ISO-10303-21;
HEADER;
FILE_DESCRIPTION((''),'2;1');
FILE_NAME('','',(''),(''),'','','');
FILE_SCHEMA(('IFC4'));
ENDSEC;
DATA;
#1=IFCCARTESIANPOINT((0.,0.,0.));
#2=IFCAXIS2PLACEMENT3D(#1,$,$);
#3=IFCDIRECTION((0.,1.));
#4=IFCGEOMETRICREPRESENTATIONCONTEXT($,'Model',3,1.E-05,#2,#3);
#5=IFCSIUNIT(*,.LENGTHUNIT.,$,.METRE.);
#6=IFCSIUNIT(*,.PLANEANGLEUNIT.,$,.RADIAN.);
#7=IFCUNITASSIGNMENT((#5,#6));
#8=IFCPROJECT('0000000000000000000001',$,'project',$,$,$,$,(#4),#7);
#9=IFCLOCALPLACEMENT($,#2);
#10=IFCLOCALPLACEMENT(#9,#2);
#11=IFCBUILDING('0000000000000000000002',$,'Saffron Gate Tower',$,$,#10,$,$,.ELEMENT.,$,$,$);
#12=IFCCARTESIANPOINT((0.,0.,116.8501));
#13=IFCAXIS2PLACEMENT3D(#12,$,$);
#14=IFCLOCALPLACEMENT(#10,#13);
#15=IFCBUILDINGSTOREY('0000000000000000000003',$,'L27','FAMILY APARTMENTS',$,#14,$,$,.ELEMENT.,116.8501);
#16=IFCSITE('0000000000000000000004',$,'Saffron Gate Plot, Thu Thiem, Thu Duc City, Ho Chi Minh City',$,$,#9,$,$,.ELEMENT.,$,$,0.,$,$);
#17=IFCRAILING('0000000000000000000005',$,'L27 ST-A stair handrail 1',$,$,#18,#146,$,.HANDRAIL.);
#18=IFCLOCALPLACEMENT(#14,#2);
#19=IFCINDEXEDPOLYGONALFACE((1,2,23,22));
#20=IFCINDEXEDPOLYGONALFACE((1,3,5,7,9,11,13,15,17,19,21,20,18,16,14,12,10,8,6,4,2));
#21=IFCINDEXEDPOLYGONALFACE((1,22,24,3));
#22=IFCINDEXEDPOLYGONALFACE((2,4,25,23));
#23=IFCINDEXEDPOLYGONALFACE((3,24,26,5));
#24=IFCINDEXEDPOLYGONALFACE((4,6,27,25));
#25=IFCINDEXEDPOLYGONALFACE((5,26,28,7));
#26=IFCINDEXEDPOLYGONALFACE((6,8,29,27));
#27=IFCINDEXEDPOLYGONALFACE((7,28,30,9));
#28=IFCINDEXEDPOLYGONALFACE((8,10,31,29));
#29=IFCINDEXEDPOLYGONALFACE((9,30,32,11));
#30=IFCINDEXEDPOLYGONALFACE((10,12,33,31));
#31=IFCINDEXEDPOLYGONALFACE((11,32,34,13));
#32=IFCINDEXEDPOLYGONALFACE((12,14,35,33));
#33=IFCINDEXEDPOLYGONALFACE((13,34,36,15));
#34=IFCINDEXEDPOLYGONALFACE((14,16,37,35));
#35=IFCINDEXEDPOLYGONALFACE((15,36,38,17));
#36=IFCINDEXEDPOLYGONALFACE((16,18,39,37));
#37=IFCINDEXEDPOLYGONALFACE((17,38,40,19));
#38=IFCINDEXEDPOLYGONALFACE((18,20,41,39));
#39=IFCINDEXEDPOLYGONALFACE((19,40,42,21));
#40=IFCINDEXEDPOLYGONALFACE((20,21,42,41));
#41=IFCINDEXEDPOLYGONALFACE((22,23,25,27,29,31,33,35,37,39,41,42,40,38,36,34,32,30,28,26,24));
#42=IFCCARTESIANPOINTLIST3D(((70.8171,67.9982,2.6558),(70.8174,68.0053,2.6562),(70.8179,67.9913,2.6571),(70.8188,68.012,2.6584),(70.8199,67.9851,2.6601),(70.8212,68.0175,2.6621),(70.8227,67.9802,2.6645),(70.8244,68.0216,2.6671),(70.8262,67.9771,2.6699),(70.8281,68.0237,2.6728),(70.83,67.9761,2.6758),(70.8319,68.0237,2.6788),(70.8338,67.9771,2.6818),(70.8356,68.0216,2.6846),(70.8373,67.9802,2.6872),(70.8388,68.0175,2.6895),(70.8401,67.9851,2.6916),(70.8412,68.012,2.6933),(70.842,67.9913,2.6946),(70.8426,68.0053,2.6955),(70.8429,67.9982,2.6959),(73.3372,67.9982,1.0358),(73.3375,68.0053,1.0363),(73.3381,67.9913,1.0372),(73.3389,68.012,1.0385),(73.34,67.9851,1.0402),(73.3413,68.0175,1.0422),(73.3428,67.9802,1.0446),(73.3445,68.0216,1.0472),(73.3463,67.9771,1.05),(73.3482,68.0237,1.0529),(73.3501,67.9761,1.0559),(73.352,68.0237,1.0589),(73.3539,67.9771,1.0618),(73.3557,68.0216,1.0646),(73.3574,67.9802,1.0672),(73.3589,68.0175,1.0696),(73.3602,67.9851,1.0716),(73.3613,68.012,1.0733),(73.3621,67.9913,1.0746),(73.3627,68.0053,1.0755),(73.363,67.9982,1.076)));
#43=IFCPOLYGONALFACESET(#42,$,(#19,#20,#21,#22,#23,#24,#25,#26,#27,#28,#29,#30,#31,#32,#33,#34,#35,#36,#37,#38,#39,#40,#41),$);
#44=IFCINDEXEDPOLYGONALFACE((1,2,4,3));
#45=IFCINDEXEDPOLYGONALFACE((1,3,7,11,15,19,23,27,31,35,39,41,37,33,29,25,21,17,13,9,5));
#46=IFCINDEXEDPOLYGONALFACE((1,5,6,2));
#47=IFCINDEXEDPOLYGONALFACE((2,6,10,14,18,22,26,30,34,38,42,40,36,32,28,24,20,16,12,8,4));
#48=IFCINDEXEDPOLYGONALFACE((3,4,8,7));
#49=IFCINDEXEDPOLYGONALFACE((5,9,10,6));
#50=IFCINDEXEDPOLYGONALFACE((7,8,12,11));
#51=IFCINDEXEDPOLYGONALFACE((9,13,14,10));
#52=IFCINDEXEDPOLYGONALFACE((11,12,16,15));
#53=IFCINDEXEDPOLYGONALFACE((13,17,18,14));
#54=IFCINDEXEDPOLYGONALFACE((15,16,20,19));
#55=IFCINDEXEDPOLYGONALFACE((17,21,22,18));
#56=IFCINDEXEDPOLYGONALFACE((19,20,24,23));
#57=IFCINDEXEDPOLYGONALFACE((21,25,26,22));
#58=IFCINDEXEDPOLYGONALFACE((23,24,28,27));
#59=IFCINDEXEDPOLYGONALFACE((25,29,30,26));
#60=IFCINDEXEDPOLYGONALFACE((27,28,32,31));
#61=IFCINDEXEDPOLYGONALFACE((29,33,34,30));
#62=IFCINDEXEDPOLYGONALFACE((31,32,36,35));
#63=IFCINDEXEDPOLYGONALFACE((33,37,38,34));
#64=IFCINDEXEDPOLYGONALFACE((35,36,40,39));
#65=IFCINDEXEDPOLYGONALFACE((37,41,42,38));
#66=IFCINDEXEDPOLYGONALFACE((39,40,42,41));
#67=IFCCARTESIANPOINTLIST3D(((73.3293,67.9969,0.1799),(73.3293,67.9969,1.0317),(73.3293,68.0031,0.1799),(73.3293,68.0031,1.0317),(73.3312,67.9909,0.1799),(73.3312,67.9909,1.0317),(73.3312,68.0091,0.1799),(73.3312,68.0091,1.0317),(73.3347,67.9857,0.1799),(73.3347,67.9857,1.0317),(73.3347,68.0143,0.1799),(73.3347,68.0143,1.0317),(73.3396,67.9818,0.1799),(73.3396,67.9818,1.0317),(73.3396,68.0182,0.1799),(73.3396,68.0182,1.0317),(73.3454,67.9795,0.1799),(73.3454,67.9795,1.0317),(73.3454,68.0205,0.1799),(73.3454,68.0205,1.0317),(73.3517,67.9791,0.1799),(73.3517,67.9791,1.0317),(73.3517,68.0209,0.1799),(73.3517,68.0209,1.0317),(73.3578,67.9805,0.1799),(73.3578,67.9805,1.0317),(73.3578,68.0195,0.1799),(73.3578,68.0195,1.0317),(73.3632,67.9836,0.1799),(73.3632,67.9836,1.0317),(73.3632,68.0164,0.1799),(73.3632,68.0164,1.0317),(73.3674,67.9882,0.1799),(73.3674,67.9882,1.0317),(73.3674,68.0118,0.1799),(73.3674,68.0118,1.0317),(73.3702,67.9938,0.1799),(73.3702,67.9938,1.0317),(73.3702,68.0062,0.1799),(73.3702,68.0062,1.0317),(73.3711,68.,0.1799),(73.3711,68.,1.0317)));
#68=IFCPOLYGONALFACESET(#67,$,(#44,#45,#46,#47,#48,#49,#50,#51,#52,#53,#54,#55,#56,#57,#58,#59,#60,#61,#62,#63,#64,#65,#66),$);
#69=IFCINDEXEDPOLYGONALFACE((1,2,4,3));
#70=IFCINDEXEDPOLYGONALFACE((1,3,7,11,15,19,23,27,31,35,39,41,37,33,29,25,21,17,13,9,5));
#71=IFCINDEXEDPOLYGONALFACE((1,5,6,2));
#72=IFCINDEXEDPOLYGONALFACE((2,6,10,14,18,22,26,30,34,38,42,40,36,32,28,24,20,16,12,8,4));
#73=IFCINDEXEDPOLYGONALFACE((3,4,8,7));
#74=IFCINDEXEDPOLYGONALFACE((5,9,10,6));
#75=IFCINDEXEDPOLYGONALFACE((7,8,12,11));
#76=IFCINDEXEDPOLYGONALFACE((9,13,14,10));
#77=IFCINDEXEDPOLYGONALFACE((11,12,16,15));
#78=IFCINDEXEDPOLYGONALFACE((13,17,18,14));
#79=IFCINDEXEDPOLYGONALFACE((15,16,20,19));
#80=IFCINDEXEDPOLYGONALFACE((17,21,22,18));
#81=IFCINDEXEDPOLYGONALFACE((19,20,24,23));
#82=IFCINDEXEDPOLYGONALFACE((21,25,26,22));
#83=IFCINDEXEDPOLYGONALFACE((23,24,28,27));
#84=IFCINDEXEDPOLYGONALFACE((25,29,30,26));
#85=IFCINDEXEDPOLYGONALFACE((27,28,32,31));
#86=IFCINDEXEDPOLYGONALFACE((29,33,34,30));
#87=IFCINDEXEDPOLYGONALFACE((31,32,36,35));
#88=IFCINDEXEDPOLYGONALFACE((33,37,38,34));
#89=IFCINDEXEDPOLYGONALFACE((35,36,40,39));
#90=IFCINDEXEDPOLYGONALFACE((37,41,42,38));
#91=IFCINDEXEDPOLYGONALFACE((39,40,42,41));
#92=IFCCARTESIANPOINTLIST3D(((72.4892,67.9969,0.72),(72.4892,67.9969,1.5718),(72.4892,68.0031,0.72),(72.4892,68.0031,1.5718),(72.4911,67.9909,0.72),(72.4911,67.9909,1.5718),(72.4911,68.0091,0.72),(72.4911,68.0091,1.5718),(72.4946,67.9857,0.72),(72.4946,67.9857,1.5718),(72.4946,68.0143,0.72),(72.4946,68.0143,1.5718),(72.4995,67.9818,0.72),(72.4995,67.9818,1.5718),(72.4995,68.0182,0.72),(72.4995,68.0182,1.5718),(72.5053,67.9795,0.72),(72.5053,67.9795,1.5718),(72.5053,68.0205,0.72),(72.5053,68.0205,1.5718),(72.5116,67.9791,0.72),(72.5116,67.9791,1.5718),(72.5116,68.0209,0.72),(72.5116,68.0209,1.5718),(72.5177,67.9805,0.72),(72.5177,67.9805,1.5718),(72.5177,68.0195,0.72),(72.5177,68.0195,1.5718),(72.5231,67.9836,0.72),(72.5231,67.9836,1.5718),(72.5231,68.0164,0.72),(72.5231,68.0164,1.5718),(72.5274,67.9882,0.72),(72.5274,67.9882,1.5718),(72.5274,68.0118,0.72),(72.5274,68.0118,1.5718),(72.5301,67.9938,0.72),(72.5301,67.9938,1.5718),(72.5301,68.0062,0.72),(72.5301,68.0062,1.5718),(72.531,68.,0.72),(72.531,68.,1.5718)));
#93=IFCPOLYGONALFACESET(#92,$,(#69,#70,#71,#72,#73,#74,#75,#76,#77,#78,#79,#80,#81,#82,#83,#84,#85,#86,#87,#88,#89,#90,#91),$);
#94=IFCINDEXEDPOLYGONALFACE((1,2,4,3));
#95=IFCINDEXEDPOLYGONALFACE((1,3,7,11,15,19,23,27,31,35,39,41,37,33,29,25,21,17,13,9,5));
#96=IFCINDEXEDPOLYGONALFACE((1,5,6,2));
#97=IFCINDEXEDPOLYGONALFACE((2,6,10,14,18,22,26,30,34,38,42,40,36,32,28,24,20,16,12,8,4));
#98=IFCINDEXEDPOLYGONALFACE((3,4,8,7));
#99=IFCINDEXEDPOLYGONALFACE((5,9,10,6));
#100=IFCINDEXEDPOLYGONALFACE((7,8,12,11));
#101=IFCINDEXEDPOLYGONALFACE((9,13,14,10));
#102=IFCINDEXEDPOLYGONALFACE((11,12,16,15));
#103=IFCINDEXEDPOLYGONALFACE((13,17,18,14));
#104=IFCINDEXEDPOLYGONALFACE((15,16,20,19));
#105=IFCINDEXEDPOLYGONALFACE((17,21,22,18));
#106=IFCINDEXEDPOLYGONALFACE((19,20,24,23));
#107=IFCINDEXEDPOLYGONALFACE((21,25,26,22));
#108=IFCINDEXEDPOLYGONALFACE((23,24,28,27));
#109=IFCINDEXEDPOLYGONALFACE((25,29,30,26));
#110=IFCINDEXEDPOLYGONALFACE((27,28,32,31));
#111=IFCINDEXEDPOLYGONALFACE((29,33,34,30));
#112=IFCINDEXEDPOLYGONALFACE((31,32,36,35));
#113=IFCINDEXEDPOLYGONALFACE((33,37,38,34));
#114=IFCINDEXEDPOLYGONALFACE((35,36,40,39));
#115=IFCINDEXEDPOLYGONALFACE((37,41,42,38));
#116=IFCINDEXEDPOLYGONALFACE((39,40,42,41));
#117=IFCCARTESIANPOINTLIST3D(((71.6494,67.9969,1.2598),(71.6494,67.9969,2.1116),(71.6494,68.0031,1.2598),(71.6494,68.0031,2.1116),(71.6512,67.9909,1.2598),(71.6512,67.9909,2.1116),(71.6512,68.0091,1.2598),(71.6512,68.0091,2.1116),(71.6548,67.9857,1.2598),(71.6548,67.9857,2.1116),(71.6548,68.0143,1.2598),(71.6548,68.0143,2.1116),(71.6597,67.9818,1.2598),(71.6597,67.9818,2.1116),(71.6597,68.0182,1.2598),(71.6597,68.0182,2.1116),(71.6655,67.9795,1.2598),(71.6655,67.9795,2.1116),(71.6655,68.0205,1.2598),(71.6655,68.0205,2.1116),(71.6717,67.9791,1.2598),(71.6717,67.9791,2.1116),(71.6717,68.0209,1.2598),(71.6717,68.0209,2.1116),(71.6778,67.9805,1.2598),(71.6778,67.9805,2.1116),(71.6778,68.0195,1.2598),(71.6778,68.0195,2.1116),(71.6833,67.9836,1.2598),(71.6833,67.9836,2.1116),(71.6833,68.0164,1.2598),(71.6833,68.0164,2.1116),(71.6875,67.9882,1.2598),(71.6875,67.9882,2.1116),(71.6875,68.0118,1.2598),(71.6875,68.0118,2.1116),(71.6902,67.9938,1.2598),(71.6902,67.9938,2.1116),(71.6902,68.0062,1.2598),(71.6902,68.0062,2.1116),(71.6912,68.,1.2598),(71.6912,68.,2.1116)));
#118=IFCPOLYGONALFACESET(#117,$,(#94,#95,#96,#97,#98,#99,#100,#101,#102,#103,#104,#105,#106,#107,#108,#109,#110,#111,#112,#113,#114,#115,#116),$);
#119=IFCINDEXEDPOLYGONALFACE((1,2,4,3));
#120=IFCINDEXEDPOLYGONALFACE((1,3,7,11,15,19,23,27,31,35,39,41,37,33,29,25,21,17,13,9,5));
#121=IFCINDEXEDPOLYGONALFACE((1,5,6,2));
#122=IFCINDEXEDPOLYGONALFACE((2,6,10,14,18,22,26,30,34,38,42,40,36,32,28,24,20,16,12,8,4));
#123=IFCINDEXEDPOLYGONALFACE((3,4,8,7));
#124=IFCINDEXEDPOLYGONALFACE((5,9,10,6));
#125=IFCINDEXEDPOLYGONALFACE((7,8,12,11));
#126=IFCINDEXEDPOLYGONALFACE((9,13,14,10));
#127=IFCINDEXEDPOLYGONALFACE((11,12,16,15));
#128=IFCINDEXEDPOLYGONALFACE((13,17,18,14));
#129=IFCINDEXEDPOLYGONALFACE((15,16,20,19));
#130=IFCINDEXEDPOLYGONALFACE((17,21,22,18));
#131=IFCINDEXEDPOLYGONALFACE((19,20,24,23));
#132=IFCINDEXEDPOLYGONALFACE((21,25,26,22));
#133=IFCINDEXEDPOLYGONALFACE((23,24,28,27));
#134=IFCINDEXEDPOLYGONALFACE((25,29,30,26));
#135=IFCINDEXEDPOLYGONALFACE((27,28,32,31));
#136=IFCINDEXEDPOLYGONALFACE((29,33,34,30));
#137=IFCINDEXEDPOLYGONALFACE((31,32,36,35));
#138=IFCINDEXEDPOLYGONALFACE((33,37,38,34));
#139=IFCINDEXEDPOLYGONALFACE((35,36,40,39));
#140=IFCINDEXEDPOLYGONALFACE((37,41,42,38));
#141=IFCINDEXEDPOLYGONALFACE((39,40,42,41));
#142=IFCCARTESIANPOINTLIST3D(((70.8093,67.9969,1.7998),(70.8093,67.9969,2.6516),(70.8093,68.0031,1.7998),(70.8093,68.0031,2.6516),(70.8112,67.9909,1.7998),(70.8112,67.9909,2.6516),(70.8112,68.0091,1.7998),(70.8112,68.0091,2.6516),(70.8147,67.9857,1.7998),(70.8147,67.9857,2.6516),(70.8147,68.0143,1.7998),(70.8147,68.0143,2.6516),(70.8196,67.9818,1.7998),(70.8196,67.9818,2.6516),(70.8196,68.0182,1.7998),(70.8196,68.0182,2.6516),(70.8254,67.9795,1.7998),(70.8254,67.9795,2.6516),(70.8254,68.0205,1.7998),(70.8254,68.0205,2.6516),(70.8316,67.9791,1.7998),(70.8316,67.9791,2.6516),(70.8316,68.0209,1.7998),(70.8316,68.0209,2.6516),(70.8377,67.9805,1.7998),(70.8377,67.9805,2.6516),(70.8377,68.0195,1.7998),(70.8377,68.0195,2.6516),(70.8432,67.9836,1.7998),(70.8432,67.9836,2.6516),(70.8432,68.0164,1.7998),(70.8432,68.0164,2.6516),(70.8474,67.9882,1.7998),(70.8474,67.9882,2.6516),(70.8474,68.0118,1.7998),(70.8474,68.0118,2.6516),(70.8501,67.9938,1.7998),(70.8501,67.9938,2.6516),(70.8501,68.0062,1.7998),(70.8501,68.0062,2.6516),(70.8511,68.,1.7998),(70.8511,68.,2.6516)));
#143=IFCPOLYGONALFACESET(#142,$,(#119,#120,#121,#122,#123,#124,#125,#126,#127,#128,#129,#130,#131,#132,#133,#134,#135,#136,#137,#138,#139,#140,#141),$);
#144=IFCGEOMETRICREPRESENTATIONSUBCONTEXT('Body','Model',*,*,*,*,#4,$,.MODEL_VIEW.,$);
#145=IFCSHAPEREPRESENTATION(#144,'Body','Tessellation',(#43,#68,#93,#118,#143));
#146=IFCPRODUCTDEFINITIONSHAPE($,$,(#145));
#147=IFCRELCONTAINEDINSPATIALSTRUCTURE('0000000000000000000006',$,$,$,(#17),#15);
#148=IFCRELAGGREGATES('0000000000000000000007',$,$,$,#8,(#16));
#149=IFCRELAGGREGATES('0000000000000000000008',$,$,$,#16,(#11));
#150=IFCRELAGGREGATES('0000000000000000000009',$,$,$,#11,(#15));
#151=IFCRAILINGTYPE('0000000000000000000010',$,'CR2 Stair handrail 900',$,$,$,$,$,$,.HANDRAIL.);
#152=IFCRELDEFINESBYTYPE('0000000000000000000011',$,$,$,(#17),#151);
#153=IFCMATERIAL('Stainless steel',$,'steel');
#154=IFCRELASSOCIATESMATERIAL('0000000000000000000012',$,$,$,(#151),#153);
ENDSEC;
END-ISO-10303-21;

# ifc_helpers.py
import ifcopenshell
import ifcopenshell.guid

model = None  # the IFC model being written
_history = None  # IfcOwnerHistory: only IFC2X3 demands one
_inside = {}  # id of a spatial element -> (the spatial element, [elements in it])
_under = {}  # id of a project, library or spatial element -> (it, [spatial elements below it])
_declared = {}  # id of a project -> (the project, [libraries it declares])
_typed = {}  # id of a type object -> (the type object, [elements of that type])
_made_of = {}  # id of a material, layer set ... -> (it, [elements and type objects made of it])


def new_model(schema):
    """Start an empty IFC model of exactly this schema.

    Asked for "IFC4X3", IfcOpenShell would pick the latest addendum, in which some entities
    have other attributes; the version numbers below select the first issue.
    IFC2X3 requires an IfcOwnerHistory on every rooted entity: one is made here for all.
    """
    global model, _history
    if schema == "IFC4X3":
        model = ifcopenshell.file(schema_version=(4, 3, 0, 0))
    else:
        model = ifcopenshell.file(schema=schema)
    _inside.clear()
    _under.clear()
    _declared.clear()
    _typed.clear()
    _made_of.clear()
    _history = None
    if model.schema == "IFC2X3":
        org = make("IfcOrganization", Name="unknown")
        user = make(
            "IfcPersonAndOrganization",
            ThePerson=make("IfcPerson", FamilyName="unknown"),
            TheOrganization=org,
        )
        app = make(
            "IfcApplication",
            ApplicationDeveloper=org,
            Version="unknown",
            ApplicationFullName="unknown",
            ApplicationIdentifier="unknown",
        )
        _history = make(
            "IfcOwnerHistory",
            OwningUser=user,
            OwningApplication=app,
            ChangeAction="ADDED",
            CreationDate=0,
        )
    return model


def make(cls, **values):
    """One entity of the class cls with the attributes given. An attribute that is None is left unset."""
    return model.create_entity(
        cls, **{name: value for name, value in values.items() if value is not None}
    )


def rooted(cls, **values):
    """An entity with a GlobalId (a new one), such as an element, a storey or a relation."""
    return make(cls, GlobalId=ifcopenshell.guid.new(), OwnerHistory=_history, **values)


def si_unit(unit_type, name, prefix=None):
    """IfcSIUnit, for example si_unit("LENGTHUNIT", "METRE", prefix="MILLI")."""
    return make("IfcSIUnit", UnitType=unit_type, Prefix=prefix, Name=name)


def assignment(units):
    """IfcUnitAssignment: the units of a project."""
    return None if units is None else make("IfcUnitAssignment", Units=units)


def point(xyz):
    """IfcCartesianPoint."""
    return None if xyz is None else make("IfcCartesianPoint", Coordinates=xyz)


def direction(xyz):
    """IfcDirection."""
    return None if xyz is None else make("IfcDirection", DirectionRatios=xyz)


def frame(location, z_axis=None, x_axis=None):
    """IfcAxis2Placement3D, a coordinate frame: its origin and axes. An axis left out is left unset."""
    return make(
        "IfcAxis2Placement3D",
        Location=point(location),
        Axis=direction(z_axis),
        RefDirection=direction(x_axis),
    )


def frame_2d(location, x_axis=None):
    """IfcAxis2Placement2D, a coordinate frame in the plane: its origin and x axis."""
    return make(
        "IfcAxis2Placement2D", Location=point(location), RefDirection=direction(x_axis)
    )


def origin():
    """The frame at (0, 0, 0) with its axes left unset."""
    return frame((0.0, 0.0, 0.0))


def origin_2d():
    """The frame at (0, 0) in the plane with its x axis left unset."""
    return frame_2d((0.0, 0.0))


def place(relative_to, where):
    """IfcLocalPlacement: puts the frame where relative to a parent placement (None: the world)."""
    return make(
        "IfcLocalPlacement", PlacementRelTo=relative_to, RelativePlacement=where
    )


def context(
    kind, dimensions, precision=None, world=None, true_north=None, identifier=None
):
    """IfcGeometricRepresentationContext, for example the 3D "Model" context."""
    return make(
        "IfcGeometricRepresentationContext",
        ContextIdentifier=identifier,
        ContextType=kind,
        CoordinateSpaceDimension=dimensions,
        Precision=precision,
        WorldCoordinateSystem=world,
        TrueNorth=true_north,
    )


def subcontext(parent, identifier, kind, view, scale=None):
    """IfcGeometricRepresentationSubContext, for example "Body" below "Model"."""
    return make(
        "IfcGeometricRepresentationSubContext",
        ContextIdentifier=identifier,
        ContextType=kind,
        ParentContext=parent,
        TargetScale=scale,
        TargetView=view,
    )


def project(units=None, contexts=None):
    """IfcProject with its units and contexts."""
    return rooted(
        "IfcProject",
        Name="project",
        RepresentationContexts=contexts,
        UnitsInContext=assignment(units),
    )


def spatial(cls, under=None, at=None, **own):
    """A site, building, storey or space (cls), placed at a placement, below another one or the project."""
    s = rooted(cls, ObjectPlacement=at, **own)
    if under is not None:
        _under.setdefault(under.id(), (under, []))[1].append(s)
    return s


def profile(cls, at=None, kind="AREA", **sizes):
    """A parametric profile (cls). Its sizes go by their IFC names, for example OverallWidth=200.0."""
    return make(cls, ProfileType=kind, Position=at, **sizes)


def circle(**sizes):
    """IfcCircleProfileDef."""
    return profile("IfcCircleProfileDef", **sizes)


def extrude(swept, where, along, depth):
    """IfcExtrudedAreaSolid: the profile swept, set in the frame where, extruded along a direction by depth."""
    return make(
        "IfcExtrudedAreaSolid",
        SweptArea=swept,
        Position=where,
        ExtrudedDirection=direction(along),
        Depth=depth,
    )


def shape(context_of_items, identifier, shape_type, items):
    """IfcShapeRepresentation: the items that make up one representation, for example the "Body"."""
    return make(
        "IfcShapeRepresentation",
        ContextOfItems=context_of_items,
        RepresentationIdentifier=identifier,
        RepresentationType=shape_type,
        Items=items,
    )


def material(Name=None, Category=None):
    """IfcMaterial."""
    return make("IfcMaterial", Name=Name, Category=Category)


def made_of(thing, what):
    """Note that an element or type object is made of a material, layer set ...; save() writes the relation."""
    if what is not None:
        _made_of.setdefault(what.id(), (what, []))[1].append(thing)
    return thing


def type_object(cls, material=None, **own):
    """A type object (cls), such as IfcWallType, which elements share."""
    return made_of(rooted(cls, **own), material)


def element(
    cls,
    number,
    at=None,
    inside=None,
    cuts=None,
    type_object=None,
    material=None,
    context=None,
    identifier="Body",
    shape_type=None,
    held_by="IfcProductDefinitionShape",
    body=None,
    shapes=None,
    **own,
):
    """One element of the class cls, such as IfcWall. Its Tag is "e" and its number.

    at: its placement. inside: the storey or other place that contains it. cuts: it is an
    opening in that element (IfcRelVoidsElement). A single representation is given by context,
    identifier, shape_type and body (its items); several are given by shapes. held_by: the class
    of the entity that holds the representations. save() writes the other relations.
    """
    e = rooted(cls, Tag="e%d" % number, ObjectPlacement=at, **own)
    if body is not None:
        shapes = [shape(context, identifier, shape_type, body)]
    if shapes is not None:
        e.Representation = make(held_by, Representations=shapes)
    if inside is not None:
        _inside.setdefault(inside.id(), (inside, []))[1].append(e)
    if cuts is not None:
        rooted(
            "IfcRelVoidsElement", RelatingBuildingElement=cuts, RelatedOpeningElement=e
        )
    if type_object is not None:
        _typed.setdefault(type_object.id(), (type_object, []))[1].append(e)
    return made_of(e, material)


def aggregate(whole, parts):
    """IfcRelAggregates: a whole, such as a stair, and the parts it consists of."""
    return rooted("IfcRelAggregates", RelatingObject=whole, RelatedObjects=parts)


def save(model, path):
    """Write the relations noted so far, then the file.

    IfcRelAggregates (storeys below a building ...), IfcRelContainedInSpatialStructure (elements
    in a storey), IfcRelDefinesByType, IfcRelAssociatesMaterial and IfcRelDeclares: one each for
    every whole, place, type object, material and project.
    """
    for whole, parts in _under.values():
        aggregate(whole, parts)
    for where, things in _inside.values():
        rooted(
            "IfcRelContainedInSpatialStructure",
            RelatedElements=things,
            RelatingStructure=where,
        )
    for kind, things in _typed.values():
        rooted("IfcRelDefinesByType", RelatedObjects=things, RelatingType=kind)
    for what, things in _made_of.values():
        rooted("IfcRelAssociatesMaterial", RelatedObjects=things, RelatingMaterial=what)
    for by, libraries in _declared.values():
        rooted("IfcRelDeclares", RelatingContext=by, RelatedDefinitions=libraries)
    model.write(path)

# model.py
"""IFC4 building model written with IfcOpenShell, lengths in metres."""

from ifc_helpers import new_model, si_unit, direction, frame, origin, origin_2d, place, context, subcontext, project, spatial, circle, extrude, material, type_object, element, save


model = new_model("IFC4")

# Units and contexts
model_context = context("Model", 3, precision=1e-05, world=origin(), true_north=direction((0.0, 1.0)))
body_context = subcontext(model_context, "Body", "Model", "MODEL_VIEW")
ifc_project = project(units=[si_unit("LENGTHUNIT", "METRE"), si_unit("PLANEANGLEUNIT", "RADIAN")], contexts=[model_context])

# Site, building, storey
site_placement = place(None, origin())
site = spatial("IfcSite", under=ifc_project, at=site_placement, Name="Saffron Gate Plot, Thu Thiem, Thu Duc City, Ho Chi Minh City", CompositionType="ELEMENT", RefElevation=0.0)
building_placement = place(site_placement, origin())
building = spatial("IfcBuilding", under=site, at=building_placement, Name="Saffron Gate Tower", CompositionType="ELEMENT")
storey_placement = place(building_placement, frame((0.0, 0.0, 116.8501)))
storey = spatial("IfcBuildingStorey", under=building, at=storey_placement, Name="L27", Description="FAMILY APARTMENTS", CompositionType="ELEMENT", Elevation=116.8501)

# Railing
ifc_material_1 = material(Name="Stainless steel", Category="steel")
railing_type_1 = type_object("IfcRailingType", Name="CR2 Stair handrail 900", PredefinedType="HANDRAIL", material=ifc_material_1)
railing_1_placement = place(storey_placement, frame((73.3501, 68.0, 0.1799)))
element("IfcRailing", 1, at=railing_1_placement, inside=storey, type_object=railing_type_1, Name="L27 ST-A stair handrail 1", PredefinedType="HANDRAIL", context=body_context, shape_type="SweptSolid", body=[
    extrude(circle(Radius=0.0239, at=origin_2d()), frame((0.0, 0.0, 0.876), z_axis=(-0.8412, 0.0, 0.540725), x_axis=(0.0, -1.0, 0.0)), (0.0, 0.0, 1.0), 2.9958),
    extrude(circle(Radius=0.021, at=origin_2d()), origin(), (0.0, 0.0, 1.0), 0.8518),
    extrude(circle(Radius=0.021, at=origin_2d()), frame((-0.8401, 0.0, 0.54)), (0.0, 0.0, 1.0), 0.8518),
    extrude(circle(Radius=0.021, at=origin_2d()), frame((-1.6799, 0.0, 1.0798)), (0.0, 0.0, 1.0), 0.8518),
    extrude(circle(Radius=0.021, at=origin_2d()), frame((-2.52, 0.0, 1.6199)), (0.0, 0.0, 1.0), 0.8518),
])

save(model, "model.ifc")
